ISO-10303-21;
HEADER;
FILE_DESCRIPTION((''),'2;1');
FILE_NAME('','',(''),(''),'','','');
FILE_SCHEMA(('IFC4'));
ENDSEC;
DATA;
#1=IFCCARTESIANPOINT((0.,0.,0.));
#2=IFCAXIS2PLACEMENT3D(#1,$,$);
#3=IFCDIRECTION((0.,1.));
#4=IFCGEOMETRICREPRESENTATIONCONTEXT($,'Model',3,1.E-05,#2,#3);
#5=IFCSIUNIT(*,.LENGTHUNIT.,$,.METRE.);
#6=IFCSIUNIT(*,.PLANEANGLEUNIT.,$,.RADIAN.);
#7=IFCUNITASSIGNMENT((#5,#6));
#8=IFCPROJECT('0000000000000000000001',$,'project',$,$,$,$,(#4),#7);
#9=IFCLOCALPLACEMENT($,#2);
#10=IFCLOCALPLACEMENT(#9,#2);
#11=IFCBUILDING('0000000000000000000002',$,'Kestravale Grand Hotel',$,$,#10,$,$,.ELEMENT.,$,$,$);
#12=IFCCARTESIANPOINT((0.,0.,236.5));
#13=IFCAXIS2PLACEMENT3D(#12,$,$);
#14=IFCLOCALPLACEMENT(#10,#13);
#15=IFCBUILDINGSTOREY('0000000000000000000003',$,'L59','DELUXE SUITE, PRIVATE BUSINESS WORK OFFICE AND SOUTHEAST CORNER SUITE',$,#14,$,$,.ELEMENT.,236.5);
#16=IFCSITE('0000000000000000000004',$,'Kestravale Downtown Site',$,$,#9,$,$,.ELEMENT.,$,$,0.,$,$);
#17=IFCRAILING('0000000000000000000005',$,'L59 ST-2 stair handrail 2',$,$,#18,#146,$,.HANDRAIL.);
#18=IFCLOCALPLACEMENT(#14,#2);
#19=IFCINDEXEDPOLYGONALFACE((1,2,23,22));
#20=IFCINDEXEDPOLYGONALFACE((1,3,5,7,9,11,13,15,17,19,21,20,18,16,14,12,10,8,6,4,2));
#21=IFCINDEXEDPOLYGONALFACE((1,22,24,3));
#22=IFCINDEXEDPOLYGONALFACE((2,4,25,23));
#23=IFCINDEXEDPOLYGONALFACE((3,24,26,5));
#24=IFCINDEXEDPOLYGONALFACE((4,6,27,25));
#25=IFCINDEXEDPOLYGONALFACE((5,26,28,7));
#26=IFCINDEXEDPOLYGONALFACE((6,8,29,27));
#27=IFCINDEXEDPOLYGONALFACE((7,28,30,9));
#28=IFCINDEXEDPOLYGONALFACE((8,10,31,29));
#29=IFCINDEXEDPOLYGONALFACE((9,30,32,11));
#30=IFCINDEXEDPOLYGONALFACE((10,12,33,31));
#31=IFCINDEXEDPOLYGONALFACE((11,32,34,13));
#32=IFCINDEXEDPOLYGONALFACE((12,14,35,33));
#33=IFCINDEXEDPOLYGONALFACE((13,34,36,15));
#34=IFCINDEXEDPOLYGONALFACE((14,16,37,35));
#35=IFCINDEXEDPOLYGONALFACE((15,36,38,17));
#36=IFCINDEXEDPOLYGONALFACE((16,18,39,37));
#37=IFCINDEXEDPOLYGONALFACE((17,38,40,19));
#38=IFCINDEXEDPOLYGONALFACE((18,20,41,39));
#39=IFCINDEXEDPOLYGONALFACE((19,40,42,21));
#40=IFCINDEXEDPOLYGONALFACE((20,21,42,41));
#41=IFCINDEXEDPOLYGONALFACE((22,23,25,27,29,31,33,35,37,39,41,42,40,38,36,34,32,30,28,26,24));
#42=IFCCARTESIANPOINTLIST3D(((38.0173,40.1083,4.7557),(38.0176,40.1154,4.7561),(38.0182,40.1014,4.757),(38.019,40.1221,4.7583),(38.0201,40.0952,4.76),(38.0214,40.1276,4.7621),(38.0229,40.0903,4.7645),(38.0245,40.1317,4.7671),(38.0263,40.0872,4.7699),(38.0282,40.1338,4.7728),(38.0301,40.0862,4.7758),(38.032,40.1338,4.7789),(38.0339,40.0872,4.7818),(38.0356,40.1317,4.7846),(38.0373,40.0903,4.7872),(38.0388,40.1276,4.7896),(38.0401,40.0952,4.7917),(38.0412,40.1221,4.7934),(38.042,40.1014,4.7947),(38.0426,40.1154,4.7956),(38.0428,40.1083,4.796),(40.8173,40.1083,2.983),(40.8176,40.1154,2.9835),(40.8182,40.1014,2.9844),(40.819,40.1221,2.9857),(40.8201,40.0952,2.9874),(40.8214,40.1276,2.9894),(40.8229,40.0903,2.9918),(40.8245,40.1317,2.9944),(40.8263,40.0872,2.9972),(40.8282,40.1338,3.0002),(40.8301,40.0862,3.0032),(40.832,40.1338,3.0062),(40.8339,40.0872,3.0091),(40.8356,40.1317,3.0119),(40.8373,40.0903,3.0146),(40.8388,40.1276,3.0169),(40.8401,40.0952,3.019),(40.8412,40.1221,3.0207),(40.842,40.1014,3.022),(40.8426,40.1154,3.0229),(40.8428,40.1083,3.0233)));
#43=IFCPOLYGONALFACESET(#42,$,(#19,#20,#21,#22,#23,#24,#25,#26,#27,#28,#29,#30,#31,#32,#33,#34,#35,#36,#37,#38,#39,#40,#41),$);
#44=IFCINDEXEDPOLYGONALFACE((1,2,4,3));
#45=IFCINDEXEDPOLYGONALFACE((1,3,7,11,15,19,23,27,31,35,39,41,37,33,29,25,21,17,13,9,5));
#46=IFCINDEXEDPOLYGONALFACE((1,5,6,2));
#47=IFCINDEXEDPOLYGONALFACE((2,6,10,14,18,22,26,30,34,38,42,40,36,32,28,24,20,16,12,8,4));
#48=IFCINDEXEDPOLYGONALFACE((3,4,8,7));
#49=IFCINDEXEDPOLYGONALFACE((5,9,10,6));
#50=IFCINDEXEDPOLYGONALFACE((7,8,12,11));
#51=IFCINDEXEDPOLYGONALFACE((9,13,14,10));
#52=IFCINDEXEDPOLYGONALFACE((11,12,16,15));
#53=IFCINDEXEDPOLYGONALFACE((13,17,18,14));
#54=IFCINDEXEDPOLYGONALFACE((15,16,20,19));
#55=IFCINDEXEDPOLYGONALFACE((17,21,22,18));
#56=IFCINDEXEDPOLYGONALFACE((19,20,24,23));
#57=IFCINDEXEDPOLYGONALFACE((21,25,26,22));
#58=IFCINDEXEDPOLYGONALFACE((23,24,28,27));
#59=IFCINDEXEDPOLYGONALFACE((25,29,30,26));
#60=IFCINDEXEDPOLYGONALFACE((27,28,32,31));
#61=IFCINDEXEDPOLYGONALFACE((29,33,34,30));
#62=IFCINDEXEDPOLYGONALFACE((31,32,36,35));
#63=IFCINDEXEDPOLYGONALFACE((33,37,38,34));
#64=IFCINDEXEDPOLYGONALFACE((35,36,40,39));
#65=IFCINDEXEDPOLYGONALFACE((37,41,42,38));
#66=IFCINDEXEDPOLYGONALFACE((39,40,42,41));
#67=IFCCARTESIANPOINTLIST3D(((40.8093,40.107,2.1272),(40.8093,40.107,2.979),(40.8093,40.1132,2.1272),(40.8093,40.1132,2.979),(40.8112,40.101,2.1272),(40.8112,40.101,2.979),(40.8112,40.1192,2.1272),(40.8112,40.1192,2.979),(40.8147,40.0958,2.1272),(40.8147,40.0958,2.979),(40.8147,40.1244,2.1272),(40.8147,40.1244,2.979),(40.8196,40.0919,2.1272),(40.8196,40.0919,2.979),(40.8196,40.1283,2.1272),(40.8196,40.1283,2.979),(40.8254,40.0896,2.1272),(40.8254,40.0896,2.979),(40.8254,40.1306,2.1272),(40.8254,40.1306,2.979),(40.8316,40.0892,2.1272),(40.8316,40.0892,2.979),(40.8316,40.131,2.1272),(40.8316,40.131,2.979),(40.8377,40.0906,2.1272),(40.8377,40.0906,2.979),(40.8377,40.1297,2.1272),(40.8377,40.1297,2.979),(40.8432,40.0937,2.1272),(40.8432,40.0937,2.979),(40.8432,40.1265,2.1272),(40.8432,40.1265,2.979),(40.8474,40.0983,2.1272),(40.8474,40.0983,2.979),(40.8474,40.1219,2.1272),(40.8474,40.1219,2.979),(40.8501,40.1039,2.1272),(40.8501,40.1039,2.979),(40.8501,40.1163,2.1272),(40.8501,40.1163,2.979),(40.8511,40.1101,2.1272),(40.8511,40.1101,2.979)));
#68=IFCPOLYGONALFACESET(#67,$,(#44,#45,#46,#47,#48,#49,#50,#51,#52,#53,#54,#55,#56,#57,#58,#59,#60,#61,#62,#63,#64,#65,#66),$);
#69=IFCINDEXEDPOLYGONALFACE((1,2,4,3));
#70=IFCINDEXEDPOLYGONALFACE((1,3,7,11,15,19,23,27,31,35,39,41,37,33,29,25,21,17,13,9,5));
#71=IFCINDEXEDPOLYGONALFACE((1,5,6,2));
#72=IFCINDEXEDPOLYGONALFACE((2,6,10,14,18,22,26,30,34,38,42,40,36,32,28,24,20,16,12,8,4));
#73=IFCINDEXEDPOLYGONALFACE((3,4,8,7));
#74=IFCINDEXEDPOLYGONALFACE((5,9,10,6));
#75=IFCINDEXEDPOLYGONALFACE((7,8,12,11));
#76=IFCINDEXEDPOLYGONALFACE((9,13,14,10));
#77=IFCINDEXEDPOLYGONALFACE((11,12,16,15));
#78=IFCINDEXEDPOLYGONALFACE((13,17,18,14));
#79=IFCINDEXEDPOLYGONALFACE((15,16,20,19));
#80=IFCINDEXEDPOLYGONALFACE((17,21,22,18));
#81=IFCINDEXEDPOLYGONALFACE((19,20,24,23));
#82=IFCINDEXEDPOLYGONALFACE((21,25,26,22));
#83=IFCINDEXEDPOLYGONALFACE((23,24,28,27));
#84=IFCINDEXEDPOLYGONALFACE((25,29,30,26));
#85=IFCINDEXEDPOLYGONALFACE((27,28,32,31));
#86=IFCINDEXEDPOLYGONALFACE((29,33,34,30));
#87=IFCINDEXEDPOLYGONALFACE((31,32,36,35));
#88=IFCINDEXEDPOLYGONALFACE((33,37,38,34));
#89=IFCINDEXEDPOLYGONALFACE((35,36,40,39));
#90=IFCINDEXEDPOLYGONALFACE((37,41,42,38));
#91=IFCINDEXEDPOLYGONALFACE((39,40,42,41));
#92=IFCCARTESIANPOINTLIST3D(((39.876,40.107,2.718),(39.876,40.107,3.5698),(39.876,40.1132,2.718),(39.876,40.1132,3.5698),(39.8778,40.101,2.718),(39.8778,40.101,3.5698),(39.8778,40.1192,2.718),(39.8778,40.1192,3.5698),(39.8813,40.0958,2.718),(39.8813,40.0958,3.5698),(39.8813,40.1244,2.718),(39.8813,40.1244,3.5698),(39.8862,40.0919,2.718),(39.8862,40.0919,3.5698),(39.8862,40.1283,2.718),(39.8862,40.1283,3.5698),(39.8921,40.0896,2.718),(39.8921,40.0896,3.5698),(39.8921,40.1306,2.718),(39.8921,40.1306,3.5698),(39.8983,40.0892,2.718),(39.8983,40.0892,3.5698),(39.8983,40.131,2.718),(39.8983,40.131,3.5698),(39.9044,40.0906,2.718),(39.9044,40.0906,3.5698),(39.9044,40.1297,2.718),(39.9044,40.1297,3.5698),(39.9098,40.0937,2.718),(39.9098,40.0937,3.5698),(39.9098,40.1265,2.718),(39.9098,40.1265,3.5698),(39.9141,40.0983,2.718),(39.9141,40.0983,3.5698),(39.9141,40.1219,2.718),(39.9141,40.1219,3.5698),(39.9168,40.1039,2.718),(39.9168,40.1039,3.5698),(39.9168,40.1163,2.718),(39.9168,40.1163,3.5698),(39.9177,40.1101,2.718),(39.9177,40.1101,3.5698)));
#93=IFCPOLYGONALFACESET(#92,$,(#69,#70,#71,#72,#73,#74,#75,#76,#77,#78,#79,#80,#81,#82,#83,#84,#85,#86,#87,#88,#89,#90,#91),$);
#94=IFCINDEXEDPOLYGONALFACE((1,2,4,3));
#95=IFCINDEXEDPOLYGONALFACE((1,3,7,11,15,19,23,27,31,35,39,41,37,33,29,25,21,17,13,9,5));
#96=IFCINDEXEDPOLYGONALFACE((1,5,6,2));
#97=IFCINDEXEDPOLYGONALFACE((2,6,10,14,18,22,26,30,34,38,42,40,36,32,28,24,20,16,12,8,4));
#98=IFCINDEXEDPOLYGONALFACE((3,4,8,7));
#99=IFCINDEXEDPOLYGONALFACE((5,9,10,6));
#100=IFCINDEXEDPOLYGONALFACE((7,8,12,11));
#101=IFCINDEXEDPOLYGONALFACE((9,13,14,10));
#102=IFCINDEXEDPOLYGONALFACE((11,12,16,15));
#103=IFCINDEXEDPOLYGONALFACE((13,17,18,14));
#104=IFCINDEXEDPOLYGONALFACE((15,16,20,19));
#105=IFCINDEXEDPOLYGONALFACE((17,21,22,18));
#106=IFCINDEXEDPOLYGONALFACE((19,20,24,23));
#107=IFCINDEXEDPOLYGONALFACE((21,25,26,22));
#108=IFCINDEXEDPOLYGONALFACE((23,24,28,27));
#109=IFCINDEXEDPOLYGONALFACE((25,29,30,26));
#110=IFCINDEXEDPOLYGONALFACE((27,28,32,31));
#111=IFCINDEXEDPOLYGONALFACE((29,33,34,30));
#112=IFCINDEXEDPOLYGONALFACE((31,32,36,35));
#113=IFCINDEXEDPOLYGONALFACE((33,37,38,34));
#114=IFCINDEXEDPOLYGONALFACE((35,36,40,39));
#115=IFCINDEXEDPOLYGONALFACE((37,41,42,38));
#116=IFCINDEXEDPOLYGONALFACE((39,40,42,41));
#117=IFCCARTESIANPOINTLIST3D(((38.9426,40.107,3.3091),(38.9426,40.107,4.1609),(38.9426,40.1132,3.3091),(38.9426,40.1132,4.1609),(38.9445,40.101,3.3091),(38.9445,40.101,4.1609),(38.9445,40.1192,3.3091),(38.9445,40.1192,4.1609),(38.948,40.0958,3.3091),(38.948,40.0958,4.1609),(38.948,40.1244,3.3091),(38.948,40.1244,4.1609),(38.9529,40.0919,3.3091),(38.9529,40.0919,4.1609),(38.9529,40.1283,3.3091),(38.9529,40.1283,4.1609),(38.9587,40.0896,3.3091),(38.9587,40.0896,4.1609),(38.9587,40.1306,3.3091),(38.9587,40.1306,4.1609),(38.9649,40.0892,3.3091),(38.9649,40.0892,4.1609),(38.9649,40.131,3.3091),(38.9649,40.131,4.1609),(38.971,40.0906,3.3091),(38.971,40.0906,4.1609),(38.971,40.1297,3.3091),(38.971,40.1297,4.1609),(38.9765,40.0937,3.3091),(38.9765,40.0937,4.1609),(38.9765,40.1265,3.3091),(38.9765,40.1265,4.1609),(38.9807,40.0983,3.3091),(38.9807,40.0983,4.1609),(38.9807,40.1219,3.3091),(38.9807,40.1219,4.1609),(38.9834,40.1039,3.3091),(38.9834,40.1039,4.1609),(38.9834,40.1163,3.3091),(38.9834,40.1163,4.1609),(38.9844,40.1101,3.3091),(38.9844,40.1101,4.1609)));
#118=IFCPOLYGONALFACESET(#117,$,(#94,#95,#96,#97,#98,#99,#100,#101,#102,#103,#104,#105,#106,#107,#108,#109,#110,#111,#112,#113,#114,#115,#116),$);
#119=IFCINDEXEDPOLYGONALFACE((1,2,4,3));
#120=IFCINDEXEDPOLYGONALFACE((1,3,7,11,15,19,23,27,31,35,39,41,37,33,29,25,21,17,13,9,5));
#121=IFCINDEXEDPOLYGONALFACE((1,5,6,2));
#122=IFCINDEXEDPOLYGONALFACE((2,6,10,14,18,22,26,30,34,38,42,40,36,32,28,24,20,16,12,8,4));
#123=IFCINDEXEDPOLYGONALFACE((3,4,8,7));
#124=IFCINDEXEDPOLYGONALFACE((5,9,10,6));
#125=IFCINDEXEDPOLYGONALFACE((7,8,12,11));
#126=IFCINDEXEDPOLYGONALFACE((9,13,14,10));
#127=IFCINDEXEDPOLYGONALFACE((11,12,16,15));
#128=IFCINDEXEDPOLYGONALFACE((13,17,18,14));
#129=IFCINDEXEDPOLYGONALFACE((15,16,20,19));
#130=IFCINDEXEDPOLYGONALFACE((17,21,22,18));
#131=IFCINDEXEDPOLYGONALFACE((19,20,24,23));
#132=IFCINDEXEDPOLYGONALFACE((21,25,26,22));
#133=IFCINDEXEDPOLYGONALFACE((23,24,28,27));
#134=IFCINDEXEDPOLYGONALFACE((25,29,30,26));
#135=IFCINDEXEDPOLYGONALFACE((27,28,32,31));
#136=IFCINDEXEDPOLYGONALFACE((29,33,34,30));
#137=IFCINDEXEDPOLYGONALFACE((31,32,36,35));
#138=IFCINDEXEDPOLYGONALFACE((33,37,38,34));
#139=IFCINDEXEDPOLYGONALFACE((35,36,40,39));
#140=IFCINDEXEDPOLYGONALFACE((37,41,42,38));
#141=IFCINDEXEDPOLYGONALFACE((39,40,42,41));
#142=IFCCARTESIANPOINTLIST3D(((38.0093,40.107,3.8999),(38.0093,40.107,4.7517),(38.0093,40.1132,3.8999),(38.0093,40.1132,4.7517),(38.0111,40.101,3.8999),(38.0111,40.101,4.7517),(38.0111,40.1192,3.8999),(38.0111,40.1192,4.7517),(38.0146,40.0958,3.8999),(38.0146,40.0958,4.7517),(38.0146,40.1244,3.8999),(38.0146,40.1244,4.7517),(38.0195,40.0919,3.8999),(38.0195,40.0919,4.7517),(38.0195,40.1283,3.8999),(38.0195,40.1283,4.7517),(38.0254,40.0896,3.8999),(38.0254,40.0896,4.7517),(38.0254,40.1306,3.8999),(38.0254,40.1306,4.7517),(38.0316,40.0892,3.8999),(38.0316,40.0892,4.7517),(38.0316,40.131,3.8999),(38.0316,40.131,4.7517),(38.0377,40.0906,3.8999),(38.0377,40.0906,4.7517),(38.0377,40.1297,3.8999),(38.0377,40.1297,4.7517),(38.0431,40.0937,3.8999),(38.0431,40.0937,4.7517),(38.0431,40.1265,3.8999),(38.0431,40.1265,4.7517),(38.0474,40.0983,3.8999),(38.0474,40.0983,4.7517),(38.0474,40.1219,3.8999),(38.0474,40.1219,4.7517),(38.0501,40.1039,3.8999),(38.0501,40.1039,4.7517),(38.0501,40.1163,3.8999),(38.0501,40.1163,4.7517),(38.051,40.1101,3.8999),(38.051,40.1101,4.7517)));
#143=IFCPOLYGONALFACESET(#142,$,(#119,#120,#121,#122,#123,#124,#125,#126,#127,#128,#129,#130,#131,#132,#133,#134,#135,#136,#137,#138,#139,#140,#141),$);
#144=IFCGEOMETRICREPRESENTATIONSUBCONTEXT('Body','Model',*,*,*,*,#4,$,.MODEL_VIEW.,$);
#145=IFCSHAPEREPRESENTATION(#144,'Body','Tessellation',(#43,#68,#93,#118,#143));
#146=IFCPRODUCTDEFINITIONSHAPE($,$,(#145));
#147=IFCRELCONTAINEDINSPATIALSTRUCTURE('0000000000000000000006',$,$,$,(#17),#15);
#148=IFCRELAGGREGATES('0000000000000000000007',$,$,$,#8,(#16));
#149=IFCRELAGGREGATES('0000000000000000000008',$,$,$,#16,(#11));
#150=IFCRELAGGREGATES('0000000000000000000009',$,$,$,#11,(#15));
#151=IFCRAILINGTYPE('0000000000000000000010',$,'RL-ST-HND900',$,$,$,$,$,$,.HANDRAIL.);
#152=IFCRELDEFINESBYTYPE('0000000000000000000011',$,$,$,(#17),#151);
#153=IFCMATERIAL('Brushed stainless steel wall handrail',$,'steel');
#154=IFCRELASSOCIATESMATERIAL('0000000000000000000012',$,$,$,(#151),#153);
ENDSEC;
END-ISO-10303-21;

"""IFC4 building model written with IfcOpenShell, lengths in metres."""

from ifc_helpers import new_model, si_unit, direction, frame, origin, origin_2d, place, context, subcontext, project, spatial, circle, extrude, material, type_object, element, save


model = new_model("IFC4")

# Units and contexts
model_context = context("Model", 3, precision=1e-05, world=origin(), true_north=direction((0.0, 1.0)))
body_context = subcontext(model_context, "Body", "Model", "MODEL_VIEW")
ifc_project = project(units=[si_unit("LENGTHUNIT", "METRE"), si_unit("PLANEANGLEUNIT", "RADIAN")], contexts=[model_context])

# Site, building, storey
site_placement = place(None, origin())
site = spatial("IfcSite", under=ifc_project, at=site_placement, Name="Kestravale Downtown Site", CompositionType="ELEMENT", RefElevation=0.0)
building_placement = place(site_placement, origin())
building = spatial("IfcBuilding", under=site, at=building_placement, Name="Kestravale Grand Hotel", CompositionType="ELEMENT")
storey_placement = place(building_placement, frame((0.0, 0.0, 236.5)))
storey = spatial("IfcBuildingStorey", under=building, at=storey_placement, Name="L59", Description="DELUXE SUITE, PRIVATE BUSINESS WORK OFFICE AND SOUTHEAST CORNER SUITE", CompositionType="ELEMENT", Elevation=236.5)

# Railing
ifc_material_1 = material(Name="Brushed stainless steel wall handrail", Category="steel")
railing_type_1 = type_object("IfcRailingType", Name="RL-ST-HND900", PredefinedType="HANDRAIL", material=ifc_material_1)
railing_1_placement = place(storey_placement, frame((40.8301, 40.1101, 2.1272)))
element("IfcRailing", 1, at=railing_1_placement, inside=storey, type_object=railing_type_1, Name="L59 ST-2 stair handrail 2", PredefinedType="HANDRAIL", context=body_context, shape_type="SweptSolid", body=[
    extrude(circle(Radius=0.0239, at=origin_2d()), frame((0.0, 0.0, 0.876), z_axis=(-0.844909, 0.0, 0.53491), x_axis=(0.0, -1.0, 0.0)), (0.0, 0.0, 1.0), 3.314),
    extrude(circle(Radius=0.021, at=origin_2d()), origin(), (0.0, 0.0, 1.0), 0.8518),
    extrude(circle(Radius=0.021, at=origin_2d()), frame((-0.9333, 0.0, 0.5908)), (0.0, 0.0, 1.0), 0.8518),
    extrude(circle(Radius=0.021, at=origin_2d()), frame((-1.8667, 0.0, 1.1819)), (0.0, 0.0, 1.0), 0.8518),
    extrude(circle(Radius=0.021, at=origin_2d()), frame((-2.8, 0.0, 1.7727)), (0.0, 0.0, 1.0), 0.8518),
])

save(model, "model.ifc")
